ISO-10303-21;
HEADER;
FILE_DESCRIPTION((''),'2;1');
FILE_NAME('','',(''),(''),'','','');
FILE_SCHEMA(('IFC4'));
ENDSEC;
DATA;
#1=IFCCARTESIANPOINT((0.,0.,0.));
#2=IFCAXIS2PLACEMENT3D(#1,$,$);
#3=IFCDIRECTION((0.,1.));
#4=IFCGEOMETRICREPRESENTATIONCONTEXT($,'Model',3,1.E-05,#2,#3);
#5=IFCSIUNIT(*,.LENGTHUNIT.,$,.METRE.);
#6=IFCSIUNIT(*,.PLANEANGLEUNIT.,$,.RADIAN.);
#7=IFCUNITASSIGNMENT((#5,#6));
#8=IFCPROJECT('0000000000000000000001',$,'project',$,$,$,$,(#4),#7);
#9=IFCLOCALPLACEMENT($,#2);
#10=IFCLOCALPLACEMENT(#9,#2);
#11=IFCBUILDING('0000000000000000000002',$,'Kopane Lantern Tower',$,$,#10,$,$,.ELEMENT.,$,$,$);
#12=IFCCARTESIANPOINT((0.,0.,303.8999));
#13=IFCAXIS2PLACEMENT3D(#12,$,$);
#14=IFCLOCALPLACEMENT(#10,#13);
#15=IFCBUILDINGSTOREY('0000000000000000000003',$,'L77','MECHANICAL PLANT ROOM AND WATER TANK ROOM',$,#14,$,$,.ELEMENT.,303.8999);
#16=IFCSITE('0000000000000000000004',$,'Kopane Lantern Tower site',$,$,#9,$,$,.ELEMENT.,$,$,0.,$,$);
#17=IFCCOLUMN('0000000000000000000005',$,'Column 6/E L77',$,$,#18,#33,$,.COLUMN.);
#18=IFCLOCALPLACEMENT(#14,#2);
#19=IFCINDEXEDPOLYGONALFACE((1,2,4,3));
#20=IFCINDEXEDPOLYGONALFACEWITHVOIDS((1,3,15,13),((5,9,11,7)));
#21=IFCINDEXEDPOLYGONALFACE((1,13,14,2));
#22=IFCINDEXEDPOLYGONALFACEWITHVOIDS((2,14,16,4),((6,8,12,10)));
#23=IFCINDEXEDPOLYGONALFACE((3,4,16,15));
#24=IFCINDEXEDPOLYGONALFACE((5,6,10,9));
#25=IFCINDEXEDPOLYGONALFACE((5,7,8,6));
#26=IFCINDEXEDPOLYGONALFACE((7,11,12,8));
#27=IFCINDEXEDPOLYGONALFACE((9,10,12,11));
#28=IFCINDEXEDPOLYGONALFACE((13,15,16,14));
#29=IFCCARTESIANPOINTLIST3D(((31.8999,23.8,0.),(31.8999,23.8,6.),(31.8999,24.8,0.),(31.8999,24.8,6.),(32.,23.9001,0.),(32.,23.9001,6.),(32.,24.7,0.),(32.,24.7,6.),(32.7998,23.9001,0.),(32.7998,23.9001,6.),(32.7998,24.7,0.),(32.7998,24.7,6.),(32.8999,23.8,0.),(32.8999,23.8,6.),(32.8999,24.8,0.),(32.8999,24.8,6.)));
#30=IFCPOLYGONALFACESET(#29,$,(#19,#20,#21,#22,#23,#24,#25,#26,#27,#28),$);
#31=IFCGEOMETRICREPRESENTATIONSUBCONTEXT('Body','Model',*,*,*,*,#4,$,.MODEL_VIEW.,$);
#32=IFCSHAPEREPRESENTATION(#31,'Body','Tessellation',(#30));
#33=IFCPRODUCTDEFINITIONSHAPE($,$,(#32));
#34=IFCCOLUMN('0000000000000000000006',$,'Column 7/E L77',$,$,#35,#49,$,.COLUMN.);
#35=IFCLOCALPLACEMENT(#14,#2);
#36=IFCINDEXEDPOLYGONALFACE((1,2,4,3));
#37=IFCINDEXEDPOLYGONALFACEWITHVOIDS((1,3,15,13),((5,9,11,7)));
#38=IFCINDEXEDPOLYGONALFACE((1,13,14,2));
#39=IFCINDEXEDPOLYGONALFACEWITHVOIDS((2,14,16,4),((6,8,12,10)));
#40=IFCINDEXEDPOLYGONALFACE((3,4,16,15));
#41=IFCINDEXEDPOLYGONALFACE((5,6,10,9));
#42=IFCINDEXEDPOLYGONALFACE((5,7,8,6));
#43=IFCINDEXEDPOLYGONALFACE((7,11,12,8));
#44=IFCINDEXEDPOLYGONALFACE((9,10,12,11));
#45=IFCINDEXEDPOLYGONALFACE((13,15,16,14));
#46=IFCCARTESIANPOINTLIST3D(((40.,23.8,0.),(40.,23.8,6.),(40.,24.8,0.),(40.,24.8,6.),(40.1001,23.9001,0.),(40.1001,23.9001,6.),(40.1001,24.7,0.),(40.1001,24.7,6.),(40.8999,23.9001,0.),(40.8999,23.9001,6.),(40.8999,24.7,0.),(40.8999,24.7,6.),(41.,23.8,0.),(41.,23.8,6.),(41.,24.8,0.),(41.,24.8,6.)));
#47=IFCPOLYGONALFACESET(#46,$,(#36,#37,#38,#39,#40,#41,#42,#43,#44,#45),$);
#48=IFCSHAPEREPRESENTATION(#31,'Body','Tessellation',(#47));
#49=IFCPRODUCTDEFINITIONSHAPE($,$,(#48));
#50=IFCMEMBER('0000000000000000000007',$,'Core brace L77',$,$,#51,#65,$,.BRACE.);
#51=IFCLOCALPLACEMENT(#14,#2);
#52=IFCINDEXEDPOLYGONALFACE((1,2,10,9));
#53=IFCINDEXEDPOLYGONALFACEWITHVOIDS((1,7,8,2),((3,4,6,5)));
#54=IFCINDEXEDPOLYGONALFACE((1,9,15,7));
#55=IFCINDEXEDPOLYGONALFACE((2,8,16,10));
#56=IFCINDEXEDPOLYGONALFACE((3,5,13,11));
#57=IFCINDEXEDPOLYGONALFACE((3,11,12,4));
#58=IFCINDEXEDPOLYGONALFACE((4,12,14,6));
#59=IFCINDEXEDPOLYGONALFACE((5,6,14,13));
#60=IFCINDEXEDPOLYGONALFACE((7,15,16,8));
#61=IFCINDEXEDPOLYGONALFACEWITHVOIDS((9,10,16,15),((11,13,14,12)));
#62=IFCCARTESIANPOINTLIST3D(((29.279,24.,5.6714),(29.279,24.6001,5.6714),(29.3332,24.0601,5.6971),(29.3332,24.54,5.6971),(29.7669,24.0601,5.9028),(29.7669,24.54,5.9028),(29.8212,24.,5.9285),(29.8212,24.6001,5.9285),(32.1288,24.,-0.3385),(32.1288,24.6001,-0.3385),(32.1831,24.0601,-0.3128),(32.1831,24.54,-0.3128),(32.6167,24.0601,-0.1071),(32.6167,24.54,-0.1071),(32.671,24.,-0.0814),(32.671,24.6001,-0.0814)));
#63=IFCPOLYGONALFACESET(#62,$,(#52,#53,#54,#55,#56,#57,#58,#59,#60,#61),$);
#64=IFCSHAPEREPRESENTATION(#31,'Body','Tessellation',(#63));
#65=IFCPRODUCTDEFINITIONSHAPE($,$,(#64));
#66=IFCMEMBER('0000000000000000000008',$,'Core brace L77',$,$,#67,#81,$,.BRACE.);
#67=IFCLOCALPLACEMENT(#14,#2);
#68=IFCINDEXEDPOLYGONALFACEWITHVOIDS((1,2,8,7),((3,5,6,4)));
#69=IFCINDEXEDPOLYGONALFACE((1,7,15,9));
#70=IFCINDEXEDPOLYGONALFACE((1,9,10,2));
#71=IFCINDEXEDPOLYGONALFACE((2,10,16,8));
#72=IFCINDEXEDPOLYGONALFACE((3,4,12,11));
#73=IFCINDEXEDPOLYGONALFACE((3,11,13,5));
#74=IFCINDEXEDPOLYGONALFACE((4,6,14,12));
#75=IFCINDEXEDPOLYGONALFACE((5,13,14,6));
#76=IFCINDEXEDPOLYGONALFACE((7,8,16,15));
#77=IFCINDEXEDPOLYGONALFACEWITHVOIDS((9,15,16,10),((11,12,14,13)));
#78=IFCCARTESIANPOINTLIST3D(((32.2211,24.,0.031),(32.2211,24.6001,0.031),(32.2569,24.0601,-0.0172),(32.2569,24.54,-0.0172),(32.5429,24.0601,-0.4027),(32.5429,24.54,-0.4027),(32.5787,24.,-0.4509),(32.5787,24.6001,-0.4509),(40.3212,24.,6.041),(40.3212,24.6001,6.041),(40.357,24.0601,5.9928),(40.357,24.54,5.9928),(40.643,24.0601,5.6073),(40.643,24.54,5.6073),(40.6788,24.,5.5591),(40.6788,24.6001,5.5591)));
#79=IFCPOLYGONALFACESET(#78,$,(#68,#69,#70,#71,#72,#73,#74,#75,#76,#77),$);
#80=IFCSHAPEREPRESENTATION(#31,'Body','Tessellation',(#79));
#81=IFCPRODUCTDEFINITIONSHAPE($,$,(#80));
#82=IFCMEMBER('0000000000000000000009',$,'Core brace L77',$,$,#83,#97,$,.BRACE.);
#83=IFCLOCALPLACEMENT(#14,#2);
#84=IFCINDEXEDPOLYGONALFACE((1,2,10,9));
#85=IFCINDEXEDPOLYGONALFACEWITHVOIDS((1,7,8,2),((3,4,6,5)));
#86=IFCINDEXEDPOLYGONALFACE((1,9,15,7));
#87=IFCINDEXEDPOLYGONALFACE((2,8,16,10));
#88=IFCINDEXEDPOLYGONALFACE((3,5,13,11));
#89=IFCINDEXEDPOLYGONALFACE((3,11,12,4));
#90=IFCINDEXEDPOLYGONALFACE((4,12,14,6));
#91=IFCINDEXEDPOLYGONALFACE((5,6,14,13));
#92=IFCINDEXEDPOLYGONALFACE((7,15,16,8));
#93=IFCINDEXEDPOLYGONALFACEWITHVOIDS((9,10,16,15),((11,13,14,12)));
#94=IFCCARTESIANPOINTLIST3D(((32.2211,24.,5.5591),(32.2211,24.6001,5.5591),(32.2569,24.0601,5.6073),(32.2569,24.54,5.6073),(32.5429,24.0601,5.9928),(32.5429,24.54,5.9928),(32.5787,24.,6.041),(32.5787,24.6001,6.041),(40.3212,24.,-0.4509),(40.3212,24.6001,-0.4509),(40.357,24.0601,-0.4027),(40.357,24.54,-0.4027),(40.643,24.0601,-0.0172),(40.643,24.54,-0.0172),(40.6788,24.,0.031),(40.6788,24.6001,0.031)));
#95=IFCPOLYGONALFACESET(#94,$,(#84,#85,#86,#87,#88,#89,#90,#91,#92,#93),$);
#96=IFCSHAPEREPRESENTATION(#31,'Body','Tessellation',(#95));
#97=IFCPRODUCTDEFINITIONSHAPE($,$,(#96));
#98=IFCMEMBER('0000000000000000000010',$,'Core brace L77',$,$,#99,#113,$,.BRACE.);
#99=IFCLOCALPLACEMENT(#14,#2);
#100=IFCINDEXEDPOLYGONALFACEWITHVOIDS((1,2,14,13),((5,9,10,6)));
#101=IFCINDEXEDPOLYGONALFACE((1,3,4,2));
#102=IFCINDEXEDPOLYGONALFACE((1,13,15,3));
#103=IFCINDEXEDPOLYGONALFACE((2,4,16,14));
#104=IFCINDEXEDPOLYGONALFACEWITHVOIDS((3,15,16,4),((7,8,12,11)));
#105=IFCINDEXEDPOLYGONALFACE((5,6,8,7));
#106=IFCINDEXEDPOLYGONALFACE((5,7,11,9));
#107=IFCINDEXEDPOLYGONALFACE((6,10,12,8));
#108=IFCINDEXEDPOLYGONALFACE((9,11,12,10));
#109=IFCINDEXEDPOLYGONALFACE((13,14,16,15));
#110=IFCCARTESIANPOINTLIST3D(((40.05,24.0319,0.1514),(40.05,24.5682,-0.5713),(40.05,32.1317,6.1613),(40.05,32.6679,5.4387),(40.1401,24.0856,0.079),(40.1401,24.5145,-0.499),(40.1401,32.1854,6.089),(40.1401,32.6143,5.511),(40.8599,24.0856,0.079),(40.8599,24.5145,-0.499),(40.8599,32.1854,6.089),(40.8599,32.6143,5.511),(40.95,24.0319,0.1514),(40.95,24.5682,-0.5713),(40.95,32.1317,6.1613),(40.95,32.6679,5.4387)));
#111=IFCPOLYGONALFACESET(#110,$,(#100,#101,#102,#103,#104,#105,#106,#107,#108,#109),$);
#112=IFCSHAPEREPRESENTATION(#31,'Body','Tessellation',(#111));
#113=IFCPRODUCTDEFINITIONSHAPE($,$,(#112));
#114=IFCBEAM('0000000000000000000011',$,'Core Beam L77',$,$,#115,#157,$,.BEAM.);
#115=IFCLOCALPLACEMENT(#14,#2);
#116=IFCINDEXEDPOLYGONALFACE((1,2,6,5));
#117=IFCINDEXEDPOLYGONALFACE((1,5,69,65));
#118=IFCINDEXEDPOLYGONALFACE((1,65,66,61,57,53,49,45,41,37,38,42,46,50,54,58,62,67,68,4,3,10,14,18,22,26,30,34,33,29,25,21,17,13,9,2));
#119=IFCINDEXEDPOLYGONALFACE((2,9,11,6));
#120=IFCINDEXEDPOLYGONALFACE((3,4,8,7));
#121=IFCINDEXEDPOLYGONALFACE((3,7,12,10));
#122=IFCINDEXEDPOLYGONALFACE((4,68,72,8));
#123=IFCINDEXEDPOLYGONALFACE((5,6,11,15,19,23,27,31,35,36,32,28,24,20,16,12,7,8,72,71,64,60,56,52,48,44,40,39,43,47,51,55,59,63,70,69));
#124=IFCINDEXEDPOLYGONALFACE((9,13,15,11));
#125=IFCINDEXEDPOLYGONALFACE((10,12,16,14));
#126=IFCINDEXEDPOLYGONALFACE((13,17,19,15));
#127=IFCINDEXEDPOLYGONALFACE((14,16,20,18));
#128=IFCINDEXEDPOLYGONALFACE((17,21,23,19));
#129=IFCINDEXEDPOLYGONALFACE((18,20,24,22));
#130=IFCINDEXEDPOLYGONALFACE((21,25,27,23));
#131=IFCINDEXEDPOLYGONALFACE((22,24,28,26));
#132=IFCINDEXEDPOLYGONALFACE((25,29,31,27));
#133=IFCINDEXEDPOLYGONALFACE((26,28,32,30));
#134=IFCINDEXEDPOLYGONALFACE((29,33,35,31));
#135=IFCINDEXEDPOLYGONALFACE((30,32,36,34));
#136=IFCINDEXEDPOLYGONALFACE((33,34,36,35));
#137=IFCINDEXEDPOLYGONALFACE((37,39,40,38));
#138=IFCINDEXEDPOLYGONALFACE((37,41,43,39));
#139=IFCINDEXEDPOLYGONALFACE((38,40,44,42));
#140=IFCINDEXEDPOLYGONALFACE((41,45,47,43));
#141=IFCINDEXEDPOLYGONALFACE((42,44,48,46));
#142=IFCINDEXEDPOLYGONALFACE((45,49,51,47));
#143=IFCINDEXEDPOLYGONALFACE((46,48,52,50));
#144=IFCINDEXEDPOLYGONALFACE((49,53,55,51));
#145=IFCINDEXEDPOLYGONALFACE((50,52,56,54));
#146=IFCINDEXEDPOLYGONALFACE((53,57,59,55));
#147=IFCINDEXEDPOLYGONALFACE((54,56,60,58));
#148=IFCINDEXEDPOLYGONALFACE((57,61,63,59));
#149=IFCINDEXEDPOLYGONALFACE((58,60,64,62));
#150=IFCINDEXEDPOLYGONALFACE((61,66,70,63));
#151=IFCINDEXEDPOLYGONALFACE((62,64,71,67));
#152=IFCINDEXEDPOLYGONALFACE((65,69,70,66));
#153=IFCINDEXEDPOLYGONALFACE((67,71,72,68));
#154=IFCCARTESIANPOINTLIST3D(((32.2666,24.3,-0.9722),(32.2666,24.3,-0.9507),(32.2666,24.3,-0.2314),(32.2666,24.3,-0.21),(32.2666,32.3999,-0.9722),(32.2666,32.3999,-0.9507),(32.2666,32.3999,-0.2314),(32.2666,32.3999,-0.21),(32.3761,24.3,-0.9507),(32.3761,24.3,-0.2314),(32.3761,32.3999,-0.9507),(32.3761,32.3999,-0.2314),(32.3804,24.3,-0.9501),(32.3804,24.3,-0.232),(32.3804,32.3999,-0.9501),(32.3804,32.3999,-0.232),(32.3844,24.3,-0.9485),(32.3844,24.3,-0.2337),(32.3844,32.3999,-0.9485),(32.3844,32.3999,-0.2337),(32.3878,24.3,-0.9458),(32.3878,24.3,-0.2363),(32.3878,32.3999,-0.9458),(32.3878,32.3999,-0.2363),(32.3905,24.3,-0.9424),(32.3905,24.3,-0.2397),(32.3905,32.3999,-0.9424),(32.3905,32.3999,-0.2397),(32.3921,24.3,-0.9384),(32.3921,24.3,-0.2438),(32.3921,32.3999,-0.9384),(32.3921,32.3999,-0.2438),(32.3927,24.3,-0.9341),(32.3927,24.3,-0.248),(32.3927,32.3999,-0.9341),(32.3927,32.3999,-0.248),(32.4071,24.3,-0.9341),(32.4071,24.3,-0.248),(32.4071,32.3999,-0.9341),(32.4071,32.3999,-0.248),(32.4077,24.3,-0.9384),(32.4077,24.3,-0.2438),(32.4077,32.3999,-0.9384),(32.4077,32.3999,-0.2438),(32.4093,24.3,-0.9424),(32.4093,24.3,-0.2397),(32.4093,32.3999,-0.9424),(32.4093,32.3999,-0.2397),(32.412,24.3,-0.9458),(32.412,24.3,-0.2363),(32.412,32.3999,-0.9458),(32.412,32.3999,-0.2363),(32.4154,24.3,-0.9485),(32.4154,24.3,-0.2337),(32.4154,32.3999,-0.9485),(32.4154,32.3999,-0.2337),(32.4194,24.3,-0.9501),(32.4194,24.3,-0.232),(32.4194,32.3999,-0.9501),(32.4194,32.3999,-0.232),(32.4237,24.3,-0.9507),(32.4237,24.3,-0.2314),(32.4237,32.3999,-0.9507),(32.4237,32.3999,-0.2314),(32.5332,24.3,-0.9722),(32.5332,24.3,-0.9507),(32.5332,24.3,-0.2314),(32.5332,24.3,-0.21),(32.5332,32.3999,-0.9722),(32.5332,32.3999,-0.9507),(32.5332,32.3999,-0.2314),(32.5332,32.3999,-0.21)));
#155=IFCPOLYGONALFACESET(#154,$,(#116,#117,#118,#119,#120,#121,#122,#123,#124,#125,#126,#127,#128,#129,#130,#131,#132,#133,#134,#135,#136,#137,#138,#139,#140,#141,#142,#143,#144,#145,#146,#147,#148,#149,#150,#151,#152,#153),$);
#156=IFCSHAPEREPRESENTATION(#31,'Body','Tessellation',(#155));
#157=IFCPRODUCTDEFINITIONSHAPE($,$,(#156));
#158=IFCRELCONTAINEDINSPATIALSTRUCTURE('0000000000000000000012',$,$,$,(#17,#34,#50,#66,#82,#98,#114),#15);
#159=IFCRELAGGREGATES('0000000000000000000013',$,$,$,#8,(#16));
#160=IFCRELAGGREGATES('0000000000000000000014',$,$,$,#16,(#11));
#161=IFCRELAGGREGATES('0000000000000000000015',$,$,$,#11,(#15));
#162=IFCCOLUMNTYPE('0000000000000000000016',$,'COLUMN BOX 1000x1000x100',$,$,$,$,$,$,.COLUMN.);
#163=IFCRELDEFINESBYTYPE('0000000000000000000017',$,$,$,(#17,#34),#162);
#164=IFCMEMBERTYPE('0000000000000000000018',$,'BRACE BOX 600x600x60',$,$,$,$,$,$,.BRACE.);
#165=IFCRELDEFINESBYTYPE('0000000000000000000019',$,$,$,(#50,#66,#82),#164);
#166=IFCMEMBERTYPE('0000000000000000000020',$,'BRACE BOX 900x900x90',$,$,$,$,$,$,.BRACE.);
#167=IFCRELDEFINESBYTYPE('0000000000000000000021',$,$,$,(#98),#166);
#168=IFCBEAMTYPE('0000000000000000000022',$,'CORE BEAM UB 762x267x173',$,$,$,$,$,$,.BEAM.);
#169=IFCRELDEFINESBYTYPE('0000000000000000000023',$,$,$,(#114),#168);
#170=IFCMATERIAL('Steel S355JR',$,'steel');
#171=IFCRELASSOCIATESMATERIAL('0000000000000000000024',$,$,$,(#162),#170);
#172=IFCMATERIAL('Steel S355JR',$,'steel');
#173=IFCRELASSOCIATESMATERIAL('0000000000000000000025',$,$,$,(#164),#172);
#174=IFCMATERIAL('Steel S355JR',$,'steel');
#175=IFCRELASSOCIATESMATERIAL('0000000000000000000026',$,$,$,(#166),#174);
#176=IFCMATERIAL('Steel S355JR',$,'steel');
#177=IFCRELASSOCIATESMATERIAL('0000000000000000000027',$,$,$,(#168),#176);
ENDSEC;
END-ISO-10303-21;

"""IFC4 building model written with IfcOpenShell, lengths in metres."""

from ifc_helpers import new_model, si_unit, direction, frame, origin, origin_2d, place, context, subcontext, project, spatial, hollow_rectangle, i_section, extrude, material, material_profile, profile_set, type_object, element, save


model = new_model("IFC4")

# Units and contexts
model_context = context("Model", 3, precision=1e-05, world=origin(), true_north=direction((0.0, 1.0)))
body_context = subcontext(model_context, "Body", "Model", "MODEL_VIEW")
ifc_project = project(units=[si_unit("LENGTHUNIT", "METRE"), si_unit("PLANEANGLEUNIT", "RADIAN")], contexts=[model_context])

# Site, building, storey
site_placement = place(None, origin())
site = spatial("IfcSite", under=ifc_project, at=site_placement, Name="Kopane Lantern Tower site", CompositionType="ELEMENT", RefElevation=0.0)
building_placement = place(site_placement, origin())
building = spatial("IfcBuilding", under=site, at=building_placement, Name="Kopane Lantern Tower", CompositionType="ELEMENT")
storey_placement = place(building_placement, frame((0.0, 0.0, 303.8999)))
storey = spatial("IfcBuildingStorey", under=building, at=storey_placement, Name="L77", Description="MECHANICAL PLANT ROOM AND WATER TANK ROOM", CompositionType="ELEMENT", Elevation=303.8999)

# Columns
ifc_material_1 = material(Name="Steel S355JR", Category="steel")
ifc_material_profile_1 = material_profile(ifc_material_1, hollow_rectangle(XDim=1.0, YDim=1.0, WallThickness=0.1001, at=origin_2d()), Name="BOX 1000x1000x100")
ifc_profile_set_1 = profile_set([ifc_material_profile_1], Name="Steel S355JR")
column_type = type_object("IfcColumnType", Name="COLUMN BOX 1000x1000x100", PredefinedType="COLUMN", material=ifc_profile_set_1)
for number, where, z_axis, x_axis, name in (
    (1, (32.3999, 24.3, 0.0), (0.0, 0.0, 1.0), (1.0, 0.0, 0.0), "Column 6/E L77"),
    (2, (40.5, 24.3, 0.0), (0.0, 0.0, 1.0), (1.0, 0.0, 0.0), "Column 7/E L77"),
):
    element("IfcColumn", number, at=place(storey_placement, frame(where, z_axis=z_axis, x_axis=x_axis)), inside=storey, type_object=column_type, Name=name, PredefinedType="COLUMN", context=body_context, shape_type="SweptSolid", body=[
        extrude(hollow_rectangle(XDim=1.0, YDim=1.0, WallThickness=0.1001, at=origin_2d()), origin(), (0.0, 0.0, 1.0), 6.0),
    ])

# Members
ifc_material_2 = material(Name="Steel S355JR", Category="steel")
ifc_material_profile_2 = material_profile(ifc_material_2, hollow_rectangle(XDim=0.6001, YDim=0.6001, WallThickness=0.0601, at=origin_2d()), Name="BOX 600x600x60")
ifc_profile_set_2 = profile_set([ifc_material_profile_2], Name="Steel S355JR")
member_type_1 = type_object("IfcMemberType", Name="BRACE BOX 600x600x60", PredefinedType="BRACE", material=ifc_profile_set_2)
member_1_placement = place(storey_placement, frame((32.3999, 24.3, -0.21), z_axis=(-0.428456, 0.0, 0.903563), x_axis=(0.0, -1.0, 0.0)))
element("IfcMember", 3, at=member_1_placement, inside=storey, type_object=member_type_1, Name="Core brace L77", PredefinedType="BRACE", context=body_context, shape_type="SweptSolid", body=[
    extrude(hollow_rectangle(XDim=0.6001, YDim=0.6001, WallThickness=0.0601, at=origin_2d()), origin(), (0.0, 0.0, 1.0), 6.6514),
])
for number, where, z_axis, x_axis, name in (
    (4, (32.3999, 24.3, -0.21), (0.803086, 0.0, 0.595864), (0.0, 1.0, 0.0), "Core brace L77"),
    (5, (40.5, 24.3, -0.21), (-0.803086, 0.0, 0.595864), (0.0, -1.0, 0.0), "Core brace L77"),
):
    element("IfcMember", number, at=place(storey_placement, frame(where, z_axis=z_axis, x_axis=x_axis)), inside=storey, type_object=member_type_1, Name=name, PredefinedType="BRACE", context=body_context, shape_type="SweptSolid", body=[
        extrude(hollow_rectangle(XDim=0.6001, YDim=0.6001, WallThickness=0.0601, at=origin_2d()), origin(), (0.0, 0.0, 1.0), 10.0862),
    ])
ifc_material_3 = material(Name="Steel S355JR", Category="steel")
ifc_material_profile_3 = material_profile(ifc_material_3, hollow_rectangle(XDim=0.8999, YDim=0.8999, WallThickness=0.0901, at=origin_2d()), Name="BOX 900x900x90")
ifc_profile_set_3 = profile_set([ifc_material_profile_3], Name="Steel S355JR")
member_type_2 = type_object("IfcMemberType", Name="BRACE BOX 900x900x90", PredefinedType="BRACE", material=ifc_profile_set_3)
member_2_placement = place(storey_placement, frame((40.5, 24.3, -0.21), z_axis=(0.0, 0.803077, 0.595875), x_axis=(-1.0, 0.0, 0.0)))
element("IfcMember", 6, at=member_2_placement, inside=storey, type_object=member_type_2, Name="Core brace L77", PredefinedType="BRACE", context=body_context, shape_type="SweptSolid", body=[
    extrude(hollow_rectangle(XDim=0.8999, YDim=0.8999, WallThickness=0.0901, at=origin_2d()), origin(), (0.0, 0.0, 1.0), 10.0859),
])

# Beam
ifc_material_4 = material(Name="Steel S355JR", Category="steel")
ifc_material_profile_4 = material_profile(ifc_material_4, i_section(OverallWidth=0.2666, OverallDepth=0.7622, WebThickness=0.0144, FlangeThickness=0.0215, FilletRadius=0.0166, at=origin_2d()), Name="UB 762x267x173")
ifc_profile_set_4 = profile_set([ifc_material_profile_4], Name="Steel S355JR")
beam_type_1 = type_object("IfcBeamType", Name="CORE BEAM UB 762x267x173", PredefinedType="BEAM", material=ifc_profile_set_4)
for number, where, z_axis, x_axis, name in (
    (7, (32.3999, 24.3, -0.5911), (0.0, 1.0, 0.0), (-1.0, 0.0, 0.0), "Core Beam L77"),
):
    element("IfcBeam", number, at=place(storey_placement, frame(where, z_axis=z_axis, x_axis=x_axis)), inside=storey, type_object=beam_type_1, Name=name, PredefinedType="BEAM", context=body_context, shape_type="SweptSolid", body=[
        extrude(i_section(OverallWidth=0.2666, OverallDepth=0.7622, WebThickness=0.0144, FlangeThickness=0.0215, FilletRadius=0.0166, at=origin_2d()), origin(), (0.0, 0.0, 1.0), 8.0999),
    ])

save(model, "model.ifc")
